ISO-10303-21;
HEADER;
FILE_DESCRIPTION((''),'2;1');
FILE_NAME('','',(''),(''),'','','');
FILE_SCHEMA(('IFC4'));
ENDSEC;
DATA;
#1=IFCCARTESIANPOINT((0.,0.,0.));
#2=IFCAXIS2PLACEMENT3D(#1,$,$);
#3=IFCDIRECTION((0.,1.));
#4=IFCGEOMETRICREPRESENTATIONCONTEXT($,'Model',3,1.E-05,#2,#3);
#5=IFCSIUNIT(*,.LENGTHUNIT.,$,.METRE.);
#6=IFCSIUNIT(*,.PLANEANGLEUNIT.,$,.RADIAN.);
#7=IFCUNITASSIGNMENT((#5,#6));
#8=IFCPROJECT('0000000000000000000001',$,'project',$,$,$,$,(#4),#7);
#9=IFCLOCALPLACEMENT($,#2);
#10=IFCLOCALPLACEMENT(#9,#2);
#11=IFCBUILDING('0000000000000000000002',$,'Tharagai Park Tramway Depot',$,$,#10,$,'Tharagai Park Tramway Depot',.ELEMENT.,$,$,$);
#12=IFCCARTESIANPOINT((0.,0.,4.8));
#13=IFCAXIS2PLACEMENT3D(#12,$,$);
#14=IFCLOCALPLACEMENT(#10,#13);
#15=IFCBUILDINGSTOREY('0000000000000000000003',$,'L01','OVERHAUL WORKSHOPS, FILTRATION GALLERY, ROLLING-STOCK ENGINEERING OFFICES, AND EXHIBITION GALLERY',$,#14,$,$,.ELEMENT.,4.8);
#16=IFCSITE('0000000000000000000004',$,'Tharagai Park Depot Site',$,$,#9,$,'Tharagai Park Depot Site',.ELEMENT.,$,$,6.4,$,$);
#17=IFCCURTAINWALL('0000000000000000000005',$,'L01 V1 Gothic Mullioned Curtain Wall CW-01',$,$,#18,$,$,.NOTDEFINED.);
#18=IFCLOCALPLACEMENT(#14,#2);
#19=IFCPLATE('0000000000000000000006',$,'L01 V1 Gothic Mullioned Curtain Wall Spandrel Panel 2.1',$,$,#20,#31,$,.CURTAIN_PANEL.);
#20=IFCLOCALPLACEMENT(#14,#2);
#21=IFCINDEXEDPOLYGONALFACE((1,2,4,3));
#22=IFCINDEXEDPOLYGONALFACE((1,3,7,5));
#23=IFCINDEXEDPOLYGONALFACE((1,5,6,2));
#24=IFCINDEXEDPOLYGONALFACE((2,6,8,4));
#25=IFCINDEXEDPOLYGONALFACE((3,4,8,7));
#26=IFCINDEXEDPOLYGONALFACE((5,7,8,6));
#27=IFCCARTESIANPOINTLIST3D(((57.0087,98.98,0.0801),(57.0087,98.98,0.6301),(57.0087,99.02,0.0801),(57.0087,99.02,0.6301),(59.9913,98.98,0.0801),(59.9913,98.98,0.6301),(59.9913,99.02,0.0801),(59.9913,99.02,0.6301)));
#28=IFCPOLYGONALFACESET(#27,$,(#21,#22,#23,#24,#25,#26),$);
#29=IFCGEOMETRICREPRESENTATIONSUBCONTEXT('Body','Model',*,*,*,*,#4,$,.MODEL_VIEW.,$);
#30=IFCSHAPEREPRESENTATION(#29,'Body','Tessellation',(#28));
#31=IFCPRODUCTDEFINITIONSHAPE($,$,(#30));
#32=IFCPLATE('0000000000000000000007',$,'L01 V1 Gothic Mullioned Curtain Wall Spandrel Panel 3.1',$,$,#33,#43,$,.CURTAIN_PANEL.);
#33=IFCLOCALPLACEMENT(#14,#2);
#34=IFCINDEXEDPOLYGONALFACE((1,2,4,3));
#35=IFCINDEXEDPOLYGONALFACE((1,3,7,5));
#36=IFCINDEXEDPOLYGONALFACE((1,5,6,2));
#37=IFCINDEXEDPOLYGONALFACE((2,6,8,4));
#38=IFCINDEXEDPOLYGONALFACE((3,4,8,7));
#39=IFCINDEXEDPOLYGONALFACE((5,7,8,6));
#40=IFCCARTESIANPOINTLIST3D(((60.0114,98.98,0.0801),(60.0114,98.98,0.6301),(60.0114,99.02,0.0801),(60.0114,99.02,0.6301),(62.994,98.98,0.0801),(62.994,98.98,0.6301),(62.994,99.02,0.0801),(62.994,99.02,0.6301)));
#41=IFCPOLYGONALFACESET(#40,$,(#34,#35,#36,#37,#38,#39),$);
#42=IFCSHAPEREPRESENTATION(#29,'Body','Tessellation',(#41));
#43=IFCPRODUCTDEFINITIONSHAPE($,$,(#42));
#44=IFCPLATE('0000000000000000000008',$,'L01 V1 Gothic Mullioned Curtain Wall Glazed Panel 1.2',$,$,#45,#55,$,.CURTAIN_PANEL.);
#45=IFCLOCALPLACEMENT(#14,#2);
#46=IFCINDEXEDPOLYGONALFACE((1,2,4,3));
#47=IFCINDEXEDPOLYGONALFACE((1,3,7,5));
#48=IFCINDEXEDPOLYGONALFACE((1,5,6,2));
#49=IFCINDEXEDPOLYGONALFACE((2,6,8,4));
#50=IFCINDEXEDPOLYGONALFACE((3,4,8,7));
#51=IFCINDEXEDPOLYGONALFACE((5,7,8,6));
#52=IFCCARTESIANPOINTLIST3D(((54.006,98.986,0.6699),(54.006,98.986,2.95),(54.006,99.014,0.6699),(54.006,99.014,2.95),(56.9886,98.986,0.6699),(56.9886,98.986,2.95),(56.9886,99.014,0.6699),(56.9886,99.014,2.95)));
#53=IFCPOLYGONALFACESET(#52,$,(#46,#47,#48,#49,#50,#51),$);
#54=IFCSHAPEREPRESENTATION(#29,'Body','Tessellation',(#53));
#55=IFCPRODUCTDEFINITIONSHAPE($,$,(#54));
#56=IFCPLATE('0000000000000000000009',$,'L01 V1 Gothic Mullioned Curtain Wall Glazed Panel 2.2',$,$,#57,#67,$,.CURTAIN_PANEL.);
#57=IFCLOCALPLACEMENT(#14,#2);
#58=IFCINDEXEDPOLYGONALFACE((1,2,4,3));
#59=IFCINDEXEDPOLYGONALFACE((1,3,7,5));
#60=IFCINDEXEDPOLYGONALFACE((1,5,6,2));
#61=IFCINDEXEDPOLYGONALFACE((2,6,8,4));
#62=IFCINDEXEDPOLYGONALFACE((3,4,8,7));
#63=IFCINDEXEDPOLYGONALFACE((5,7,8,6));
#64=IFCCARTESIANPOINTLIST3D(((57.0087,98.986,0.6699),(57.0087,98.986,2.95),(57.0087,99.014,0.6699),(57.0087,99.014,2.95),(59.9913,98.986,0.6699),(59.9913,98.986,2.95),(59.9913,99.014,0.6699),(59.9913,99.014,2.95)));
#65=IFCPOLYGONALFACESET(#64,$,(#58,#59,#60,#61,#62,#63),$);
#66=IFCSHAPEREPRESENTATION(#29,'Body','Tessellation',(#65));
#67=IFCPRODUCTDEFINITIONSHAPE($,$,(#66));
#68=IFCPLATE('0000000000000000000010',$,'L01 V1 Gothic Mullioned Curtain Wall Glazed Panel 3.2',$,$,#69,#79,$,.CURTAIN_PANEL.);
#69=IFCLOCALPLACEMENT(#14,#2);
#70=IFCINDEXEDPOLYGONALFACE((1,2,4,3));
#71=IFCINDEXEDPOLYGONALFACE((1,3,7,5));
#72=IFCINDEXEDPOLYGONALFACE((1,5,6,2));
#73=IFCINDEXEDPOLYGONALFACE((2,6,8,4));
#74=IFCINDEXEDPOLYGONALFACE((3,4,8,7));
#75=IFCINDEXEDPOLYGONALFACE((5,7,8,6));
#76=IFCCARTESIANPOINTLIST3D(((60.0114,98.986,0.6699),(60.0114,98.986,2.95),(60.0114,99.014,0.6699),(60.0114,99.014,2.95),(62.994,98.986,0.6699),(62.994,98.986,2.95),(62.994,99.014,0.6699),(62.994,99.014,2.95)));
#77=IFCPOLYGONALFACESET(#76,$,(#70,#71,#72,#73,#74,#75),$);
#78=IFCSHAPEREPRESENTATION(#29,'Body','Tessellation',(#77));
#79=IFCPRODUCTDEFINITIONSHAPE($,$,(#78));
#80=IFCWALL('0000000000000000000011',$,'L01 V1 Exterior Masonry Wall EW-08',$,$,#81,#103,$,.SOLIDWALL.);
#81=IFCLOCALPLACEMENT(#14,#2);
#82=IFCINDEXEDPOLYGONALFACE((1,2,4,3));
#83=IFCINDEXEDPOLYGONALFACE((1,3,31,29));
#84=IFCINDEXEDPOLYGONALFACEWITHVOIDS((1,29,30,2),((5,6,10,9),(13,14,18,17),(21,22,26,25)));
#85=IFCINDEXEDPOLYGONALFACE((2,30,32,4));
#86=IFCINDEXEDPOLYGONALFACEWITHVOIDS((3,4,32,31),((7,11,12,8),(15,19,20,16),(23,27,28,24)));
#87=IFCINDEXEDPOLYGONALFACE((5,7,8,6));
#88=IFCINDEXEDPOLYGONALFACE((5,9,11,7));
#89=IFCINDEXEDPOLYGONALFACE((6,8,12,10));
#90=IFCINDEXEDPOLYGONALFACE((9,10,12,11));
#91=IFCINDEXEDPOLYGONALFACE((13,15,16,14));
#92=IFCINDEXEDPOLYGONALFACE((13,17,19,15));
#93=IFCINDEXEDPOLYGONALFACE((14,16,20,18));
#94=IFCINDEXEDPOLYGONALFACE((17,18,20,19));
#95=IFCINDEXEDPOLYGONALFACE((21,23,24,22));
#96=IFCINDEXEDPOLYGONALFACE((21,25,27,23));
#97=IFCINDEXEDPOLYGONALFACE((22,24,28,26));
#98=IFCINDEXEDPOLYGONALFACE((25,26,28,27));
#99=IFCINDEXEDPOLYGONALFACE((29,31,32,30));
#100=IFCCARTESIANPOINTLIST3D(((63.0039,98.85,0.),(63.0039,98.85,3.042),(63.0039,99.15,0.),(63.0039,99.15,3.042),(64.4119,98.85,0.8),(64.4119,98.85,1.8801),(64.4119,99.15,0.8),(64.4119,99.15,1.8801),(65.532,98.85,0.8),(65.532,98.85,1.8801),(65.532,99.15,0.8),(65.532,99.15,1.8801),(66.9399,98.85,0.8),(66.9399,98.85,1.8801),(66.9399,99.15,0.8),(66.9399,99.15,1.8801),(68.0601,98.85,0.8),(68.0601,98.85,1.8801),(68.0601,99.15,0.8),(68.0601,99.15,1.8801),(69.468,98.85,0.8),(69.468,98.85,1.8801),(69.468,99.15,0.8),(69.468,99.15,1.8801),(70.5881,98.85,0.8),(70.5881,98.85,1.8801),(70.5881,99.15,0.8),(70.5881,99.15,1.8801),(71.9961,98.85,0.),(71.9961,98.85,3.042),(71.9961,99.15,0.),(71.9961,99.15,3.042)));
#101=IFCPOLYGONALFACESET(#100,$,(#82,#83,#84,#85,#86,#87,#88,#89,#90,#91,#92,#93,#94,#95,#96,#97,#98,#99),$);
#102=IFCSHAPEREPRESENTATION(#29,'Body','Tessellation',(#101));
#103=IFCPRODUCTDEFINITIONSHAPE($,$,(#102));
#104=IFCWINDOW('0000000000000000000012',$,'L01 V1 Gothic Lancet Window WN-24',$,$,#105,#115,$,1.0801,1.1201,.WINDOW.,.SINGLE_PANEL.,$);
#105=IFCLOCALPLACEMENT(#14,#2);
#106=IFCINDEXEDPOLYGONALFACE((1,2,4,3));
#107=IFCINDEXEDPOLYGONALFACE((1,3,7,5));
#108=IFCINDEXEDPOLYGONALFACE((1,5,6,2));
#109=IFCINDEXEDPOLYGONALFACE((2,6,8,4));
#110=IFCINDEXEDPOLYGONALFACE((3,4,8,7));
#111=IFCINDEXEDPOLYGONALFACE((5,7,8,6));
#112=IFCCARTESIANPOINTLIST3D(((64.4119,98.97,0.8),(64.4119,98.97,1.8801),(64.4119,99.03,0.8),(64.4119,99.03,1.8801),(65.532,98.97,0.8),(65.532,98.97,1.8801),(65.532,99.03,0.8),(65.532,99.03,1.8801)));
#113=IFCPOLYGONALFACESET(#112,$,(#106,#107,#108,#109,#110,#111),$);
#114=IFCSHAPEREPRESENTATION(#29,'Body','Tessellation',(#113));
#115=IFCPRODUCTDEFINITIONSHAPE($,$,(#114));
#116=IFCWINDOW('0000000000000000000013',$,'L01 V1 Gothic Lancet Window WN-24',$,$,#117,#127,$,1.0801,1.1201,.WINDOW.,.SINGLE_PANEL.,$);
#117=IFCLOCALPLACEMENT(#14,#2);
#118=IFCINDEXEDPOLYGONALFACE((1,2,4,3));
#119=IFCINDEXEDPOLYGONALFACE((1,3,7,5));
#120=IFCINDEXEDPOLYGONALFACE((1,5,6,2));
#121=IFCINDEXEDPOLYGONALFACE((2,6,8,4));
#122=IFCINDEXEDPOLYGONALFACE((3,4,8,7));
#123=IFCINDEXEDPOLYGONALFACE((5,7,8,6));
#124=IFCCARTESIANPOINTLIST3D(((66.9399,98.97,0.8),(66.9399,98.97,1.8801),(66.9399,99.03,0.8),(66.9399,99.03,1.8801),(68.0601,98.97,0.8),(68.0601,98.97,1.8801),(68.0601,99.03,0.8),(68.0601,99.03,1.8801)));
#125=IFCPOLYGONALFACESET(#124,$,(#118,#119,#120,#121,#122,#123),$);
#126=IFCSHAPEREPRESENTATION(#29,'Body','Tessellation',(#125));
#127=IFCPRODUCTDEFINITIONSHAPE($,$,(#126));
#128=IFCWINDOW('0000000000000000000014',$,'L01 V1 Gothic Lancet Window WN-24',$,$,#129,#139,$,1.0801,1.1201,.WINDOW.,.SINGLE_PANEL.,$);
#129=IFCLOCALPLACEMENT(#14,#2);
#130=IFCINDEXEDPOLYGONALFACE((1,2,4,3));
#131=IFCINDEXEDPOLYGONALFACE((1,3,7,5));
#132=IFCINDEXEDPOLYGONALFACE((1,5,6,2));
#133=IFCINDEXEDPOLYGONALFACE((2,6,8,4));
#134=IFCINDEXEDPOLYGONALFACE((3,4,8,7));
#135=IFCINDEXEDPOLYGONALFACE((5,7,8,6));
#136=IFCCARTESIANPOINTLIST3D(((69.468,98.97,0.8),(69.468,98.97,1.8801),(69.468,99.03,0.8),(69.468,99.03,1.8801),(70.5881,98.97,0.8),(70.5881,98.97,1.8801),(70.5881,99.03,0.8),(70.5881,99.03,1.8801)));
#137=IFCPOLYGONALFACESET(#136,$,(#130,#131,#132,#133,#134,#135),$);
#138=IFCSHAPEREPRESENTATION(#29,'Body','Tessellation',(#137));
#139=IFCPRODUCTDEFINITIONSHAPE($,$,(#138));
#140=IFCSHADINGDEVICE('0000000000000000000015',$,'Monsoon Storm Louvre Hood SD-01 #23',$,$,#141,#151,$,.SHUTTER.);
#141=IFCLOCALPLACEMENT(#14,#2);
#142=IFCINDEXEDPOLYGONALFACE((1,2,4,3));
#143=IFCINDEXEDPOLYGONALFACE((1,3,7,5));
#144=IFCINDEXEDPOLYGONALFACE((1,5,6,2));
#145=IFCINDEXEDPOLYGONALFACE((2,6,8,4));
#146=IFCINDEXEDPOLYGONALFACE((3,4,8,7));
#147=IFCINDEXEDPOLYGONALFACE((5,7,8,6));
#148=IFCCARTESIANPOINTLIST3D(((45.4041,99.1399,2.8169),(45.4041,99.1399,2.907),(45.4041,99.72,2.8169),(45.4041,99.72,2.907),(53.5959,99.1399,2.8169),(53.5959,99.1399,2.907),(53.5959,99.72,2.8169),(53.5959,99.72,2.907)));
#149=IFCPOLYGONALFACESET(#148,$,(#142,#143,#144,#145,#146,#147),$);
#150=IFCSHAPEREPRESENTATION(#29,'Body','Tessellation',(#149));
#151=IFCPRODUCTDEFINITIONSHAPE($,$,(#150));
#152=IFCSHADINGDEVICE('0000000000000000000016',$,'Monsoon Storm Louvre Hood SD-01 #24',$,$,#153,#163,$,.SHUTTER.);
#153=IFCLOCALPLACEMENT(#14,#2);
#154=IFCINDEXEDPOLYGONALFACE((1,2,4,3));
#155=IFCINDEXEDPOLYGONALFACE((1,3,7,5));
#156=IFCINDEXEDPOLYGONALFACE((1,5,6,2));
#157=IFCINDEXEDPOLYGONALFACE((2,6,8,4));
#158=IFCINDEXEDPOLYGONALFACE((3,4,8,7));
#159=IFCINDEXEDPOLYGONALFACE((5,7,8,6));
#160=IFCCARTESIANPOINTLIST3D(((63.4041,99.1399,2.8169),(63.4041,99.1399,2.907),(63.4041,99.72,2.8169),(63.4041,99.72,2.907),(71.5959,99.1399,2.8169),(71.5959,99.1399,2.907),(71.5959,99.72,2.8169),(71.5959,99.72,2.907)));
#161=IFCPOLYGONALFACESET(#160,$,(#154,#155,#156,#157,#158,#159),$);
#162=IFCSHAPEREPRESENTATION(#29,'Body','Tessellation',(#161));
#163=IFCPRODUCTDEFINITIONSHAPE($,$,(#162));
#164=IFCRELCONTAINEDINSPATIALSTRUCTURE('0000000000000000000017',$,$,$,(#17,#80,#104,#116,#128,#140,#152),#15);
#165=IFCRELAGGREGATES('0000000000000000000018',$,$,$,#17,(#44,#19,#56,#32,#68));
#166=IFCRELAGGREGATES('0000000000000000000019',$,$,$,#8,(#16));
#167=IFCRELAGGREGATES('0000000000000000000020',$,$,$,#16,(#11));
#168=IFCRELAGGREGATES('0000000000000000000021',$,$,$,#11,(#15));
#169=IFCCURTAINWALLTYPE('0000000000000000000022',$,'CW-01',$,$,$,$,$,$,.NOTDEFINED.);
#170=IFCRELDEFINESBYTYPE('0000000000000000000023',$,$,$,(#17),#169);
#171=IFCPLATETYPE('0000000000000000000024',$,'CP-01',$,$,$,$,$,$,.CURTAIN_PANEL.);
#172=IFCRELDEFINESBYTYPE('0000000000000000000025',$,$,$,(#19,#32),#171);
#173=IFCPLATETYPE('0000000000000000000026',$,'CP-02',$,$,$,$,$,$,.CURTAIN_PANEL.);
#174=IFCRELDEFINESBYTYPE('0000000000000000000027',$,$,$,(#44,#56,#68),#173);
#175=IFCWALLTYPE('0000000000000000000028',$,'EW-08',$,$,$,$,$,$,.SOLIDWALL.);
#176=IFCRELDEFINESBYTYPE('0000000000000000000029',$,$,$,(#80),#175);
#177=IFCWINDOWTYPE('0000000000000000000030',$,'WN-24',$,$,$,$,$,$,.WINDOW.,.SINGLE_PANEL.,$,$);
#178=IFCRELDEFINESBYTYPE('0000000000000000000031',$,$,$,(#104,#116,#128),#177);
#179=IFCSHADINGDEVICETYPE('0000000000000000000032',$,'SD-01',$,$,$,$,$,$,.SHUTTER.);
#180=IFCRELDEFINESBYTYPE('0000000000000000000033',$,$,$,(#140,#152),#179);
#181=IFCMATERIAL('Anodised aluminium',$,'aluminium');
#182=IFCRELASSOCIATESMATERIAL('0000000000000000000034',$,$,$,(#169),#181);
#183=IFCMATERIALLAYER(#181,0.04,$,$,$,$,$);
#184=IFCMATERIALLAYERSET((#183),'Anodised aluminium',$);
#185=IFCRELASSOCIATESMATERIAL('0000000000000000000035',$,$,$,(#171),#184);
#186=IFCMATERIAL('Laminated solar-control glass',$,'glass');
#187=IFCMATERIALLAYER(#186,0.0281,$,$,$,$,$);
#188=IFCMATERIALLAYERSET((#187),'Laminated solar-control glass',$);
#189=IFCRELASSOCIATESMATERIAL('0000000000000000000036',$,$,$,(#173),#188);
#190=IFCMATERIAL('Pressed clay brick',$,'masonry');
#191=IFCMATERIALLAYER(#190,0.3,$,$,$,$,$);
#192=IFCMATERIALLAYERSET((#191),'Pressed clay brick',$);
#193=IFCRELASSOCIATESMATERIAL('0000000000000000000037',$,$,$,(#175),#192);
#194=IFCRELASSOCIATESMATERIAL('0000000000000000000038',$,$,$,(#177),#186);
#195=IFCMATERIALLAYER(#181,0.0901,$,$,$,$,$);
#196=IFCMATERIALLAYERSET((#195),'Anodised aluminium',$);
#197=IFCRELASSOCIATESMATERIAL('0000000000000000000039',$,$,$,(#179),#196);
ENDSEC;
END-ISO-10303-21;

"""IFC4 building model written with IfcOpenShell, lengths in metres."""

from ifc_helpers import new_model, si_unit, direction, frame, frame_2d, origin, origin_2d, place, context, subcontext, project, spatial, rectangle, extrude, material, layer, layer_set, type_object, element, fill, aggregate, save


model = new_model("IFC4")

# Units and contexts
model_context = context("Model", 3, precision=1e-05, world=origin(), true_north=direction((0.0, 1.0)))
body_context = subcontext(model_context, "Body", "Model", "MODEL_VIEW")
ifc_project = project(units=[si_unit("LENGTHUNIT", "METRE"), si_unit("PLANEANGLEUNIT", "RADIAN")], contexts=[model_context])

# Site, building, storey
site_placement = place(None, origin())
site = spatial("IfcSite", under=ifc_project, at=site_placement, Name="Tharagai Park Depot Site", LongName="Tharagai Park Depot Site", CompositionType="ELEMENT", RefElevation=6.4)
building_placement = place(site_placement, origin())
building = spatial("IfcBuilding", under=site, at=building_placement, Name="Tharagai Park Tramway Depot", LongName="Tharagai Park Tramway Depot", CompositionType="ELEMENT")
storey_placement = place(building_placement, frame((0.0, 0.0, 4.8)))
storey = spatial("IfcBuildingStorey", under=building, at=storey_placement, Name="L01", Description="OVERHAUL WORKSHOPS, FILTRATION GALLERY, ROLLING-STOCK ENGINEERING OFFICES, AND EXHIBITION GALLERY", CompositionType="ELEMENT", Elevation=4.8)

# Curtain wall
ifc_material_1 = material(Name="Anodised aluminium", Category="aluminium")
curtain_wall_type = type_object("IfcCurtainWallType", Name="CW-01", PredefinedType="NOTDEFINED", material=ifc_material_1)
curtain_wall_placement = place(storey_placement, origin())
curtain_wall = element("IfcCurtainWall", 1, at=curtain_wall_placement, inside=storey, type_object=curtain_wall_type, Name="L01 V1 Gothic Mullioned Curtain Wall CW-01", PredefinedType="NOTDEFINED")

# Plates
ifc_layer_1 = layer(ifc_material_1, 0.04)
ifc_layer_set_1 = layer_set([ifc_layer_1], Name="Anodised aluminium")
plate_type_1 = type_object("IfcPlateType", Name="CP-01", PredefinedType="CURTAIN_PANEL", material=ifc_layer_set_1)
plate_1_placement = place(storey_placement, frame((58.5, 99.0, 0.0801), z_axis=(0.0, 0.0, 1.0), x_axis=(1.0, 0.0, 0.0)))
plate_1 = element("IfcPlate", 2, at=plate_1_placement, type_object=plate_type_1, Name="L01 V1 Gothic Mullioned Curtain Wall Spandrel Panel 2.1", PredefinedType="CURTAIN_PANEL", context=body_context, shape_type="SweptSolid", body=[
    extrude(rectangle(XDim=2.9827, YDim=0.04, at=origin_2d()), origin(), (0.0, 0.0, 1.0), 0.55),
])
plate_2_placement = place(storey_placement, frame((61.5027, 99.0, 0.0801), z_axis=(0.0, 0.0, 1.0), x_axis=(1.0, 0.0, 0.0)))
plate_2 = element("IfcPlate", 3, at=plate_2_placement, type_object=plate_type_1, Name="L01 V1 Gothic Mullioned Curtain Wall Spandrel Panel 3.1", PredefinedType="CURTAIN_PANEL", context=body_context, shape_type="SweptSolid", body=[
    extrude(rectangle(XDim=2.9827, YDim=0.04, at=origin_2d()), origin(), (0.0, 0.0, 1.0), 0.55),
])
ifc_material_2 = material(Name="Laminated solar-control glass", Category="glass")
ifc_layer_2 = layer(ifc_material_2, 0.0281)
ifc_layer_set_2 = layer_set([ifc_layer_2], Name="Laminated solar-control glass")
plate_type_2 = type_object("IfcPlateType", Name="CP-02", PredefinedType="CURTAIN_PANEL", material=ifc_layer_set_2)
plate_3_placement = place(storey_placement, frame((55.4973, 99.0, 0.6699), z_axis=(0.0, 0.0, 1.0), x_axis=(1.0, 0.0, 0.0)))
plate_3 = element("IfcPlate", 4, at=plate_3_placement, type_object=plate_type_2, Name="L01 V1 Gothic Mullioned Curtain Wall Glazed Panel 1.2", PredefinedType="CURTAIN_PANEL", context=body_context, shape_type="SweptSolid", body=[
    extrude(rectangle(XDim=2.9827, YDim=0.0281, at=origin_2d()), origin(), (0.0, 0.0, 1.0), 2.28),
])
plate_4_placement = place(storey_placement, frame((58.5, 99.0, 0.6699), z_axis=(0.0, 0.0, 1.0), x_axis=(1.0, 0.0, 0.0)))
plate_4 = element("IfcPlate", 5, at=plate_4_placement, type_object=plate_type_2, Name="L01 V1 Gothic Mullioned Curtain Wall Glazed Panel 2.2", PredefinedType="CURTAIN_PANEL", context=body_context, shape_type="SweptSolid", body=[
    extrude(rectangle(XDim=2.9827, YDim=0.0281, at=origin_2d()), origin(), (0.0, 0.0, 1.0), 2.28),
])
plate_5_placement = place(storey_placement, frame((61.5027, 99.0, 0.6699), z_axis=(0.0, 0.0, 1.0), x_axis=(1.0, 0.0, 0.0)))
plate_5 = element("IfcPlate", 6, at=plate_5_placement, type_object=plate_type_2, Name="L01 V1 Gothic Mullioned Curtain Wall Glazed Panel 3.2", PredefinedType="CURTAIN_PANEL", context=body_context, shape_type="SweptSolid", body=[
    extrude(rectangle(XDim=2.9827, YDim=0.0281, at=origin_2d()), origin(), (0.0, 0.0, 1.0), 2.28),
])
aggregate(curtain_wall, [plate_3, plate_1, plate_4, plate_2, plate_5])

# Wall, openings, windows
ifc_material_3 = material(Name="Pressed clay brick", Category="masonry")
ifc_layer_3 = layer(ifc_material_3, 0.3)
ifc_layer_set_3 = layer_set([ifc_layer_3], Name="Pressed clay brick")
wall_type = type_object("IfcWallType", Name="EW-08", PredefinedType="SOLIDWALL", material=ifc_layer_set_3)
wall_placement = place(storey_placement, frame((63.0039, 99.0, 0.0), z_axis=(0.0, 0.0, 1.0), x_axis=(1.0, 0.0, 0.0)))
wall = element("IfcWall", 7, at=wall_placement, inside=storey, type_object=wall_type, Name="L01 V1 Exterior Masonry Wall EW-08", PredefinedType="SOLIDWALL", context=body_context, shape_type="SweptSolid", body=[
    extrude(rectangle(XDim=8.9922, YDim=0.3, at=frame_2d((4.4961, 0.0))), origin(), (0.0, 0.0, 1.0), 3.042),
])
opening_1_placement = place(wall_placement, frame((1.408, 0.0, 0.8)))
opening_1 = element("IfcOpeningElement", 8, at=opening_1_placement, cuts=wall, PredefinedType="OPENING", context=body_context, shape_type="SweptSolid", body=[
    extrude(rectangle(XDim=1.1201, YDim=1.0801, at=frame_2d((0.5601, 0.54))), frame((0.0, 0.1599, 0.0), z_axis=(0.0, -1.0, 0.0), x_axis=(1.0, 0.0, 0.0)), (0.0, 0.0, 1.0), 0.3201),
])
opening_2_placement = place(wall_placement, frame((3.936, 0.0, 0.8)))
opening_2 = element("IfcOpeningElement", 9, at=opening_2_placement, cuts=wall, PredefinedType="OPENING", context=body_context, shape_type="SweptSolid", body=[
    extrude(rectangle(XDim=1.1201, YDim=1.0801, at=frame_2d((0.5601, 0.54))), frame((0.0, 0.1599, 0.0), z_axis=(0.0, -1.0, 0.0), x_axis=(1.0, 0.0, 0.0)), (0.0, 0.0, 1.0), 0.3201),
])
opening_3_placement = place(wall_placement, frame((6.4641, 0.0, 0.8)))
opening_3 = element("IfcOpeningElement", 10, at=opening_3_placement, cuts=wall, PredefinedType="OPENING", context=body_context, shape_type="SweptSolid", body=[
    extrude(rectangle(XDim=1.1201, YDim=1.0801, at=frame_2d((0.5601, 0.54))), frame((0.0, 0.1599, 0.0), z_axis=(0.0, -1.0, 0.0), x_axis=(1.0, 0.0, 0.0)), (0.0, 0.0, 1.0), 0.3201),
])
window_type = type_object("IfcWindowType", Name="WN-24", PartitioningType="SINGLE_PANEL", PredefinedType="WINDOW", material=ifc_material_2)
window_1_placement = place(opening_1_placement, origin())
window_1 = element("IfcWindow", 11, at=window_1_placement, inside=storey, type_object=window_type, Name="L01 V1 Gothic Lancet Window WN-24", OverallHeight=1.0801, OverallWidth=1.1201, PartitioningType="SINGLE_PANEL", PredefinedType="WINDOW", context=body_context, shape_type="SweptSolid", body=[
    extrude(rectangle(XDim=1.1201, YDim=1.0801, at=frame_2d((0.5601, 0.54))), frame((0.0, 0.03, 0.0), z_axis=(0.0, -1.0, 0.0), x_axis=(1.0, 0.0, 0.0)), (0.0, 0.0, 1.0), 0.0601),
])
fill(opening_1, window_1)
window_2_placement = place(opening_2_placement, origin())
window_2 = element("IfcWindow", 12, at=window_2_placement, inside=storey, type_object=window_type, Name="L01 V1 Gothic Lancet Window WN-24", OverallHeight=1.0801, OverallWidth=1.1201, PartitioningType="SINGLE_PANEL", PredefinedType="WINDOW", context=body_context, shape_type="SweptSolid", body=[
    extrude(rectangle(XDim=1.1201, YDim=1.0801, at=frame_2d((0.5601, 0.54))), frame((0.0, 0.03, 0.0), z_axis=(0.0, -1.0, 0.0), x_axis=(1.0, 0.0, 0.0)), (0.0, 0.0, 1.0), 0.0601),
])
fill(opening_2, window_2)
window_3_placement = place(opening_3_placement, origin())
window_3 = element("IfcWindow", 13, at=window_3_placement, inside=storey, type_object=window_type, Name="L01 V1 Gothic Lancet Window WN-24", OverallHeight=1.0801, OverallWidth=1.1201, PartitioningType="SINGLE_PANEL", PredefinedType="WINDOW", context=body_context, shape_type="SweptSolid", body=[
    extrude(rectangle(XDim=1.1201, YDim=1.0801, at=frame_2d((0.5601, 0.54))), frame((0.0, 0.03, 0.0), z_axis=(0.0, -1.0, 0.0), x_axis=(1.0, 0.0, 0.0)), (0.0, 0.0, 1.0), 0.0601),
])
fill(opening_3, window_3)

# Shading devices
ifc_layer_4 = layer(ifc_material_1, 0.0901)
ifc_layer_set_4 = layer_set([ifc_layer_4], Name="Anodised aluminium")
shading_device_type = type_object("IfcShadingDeviceType", Name="SD-01", PredefinedType="SHUTTER", material=ifc_layer_set_4)
for number, where, z_axis, x_axis, name in (
    (14, (49.5, 99.4299, 2.8169), (0.0, 0.0, 1.0), (1.0, 0.0, 0.0), "Monsoon Storm Louvre Hood SD-01 #23"),
    (15, (67.5, 99.4299, 2.8169), (0.0, 0.0, 1.0), (1.0, 0.0, 0.0), "Monsoon Storm Louvre Hood SD-01 #24"),
):
    element("IfcShadingDevice", number, at=place(storey_placement, frame(where, z_axis=z_axis, x_axis=x_axis)), inside=storey, type_object=shading_device_type, Name=name, PredefinedType="SHUTTER", context=body_context, shape_type="SweptSolid", body=[
        extrude(rectangle(XDim=8.1919, YDim=0.5801, at=origin_2d()), origin(), (0.0, 0.0, 1.0), 0.0901),
    ])

save(model, "model.ifc")
